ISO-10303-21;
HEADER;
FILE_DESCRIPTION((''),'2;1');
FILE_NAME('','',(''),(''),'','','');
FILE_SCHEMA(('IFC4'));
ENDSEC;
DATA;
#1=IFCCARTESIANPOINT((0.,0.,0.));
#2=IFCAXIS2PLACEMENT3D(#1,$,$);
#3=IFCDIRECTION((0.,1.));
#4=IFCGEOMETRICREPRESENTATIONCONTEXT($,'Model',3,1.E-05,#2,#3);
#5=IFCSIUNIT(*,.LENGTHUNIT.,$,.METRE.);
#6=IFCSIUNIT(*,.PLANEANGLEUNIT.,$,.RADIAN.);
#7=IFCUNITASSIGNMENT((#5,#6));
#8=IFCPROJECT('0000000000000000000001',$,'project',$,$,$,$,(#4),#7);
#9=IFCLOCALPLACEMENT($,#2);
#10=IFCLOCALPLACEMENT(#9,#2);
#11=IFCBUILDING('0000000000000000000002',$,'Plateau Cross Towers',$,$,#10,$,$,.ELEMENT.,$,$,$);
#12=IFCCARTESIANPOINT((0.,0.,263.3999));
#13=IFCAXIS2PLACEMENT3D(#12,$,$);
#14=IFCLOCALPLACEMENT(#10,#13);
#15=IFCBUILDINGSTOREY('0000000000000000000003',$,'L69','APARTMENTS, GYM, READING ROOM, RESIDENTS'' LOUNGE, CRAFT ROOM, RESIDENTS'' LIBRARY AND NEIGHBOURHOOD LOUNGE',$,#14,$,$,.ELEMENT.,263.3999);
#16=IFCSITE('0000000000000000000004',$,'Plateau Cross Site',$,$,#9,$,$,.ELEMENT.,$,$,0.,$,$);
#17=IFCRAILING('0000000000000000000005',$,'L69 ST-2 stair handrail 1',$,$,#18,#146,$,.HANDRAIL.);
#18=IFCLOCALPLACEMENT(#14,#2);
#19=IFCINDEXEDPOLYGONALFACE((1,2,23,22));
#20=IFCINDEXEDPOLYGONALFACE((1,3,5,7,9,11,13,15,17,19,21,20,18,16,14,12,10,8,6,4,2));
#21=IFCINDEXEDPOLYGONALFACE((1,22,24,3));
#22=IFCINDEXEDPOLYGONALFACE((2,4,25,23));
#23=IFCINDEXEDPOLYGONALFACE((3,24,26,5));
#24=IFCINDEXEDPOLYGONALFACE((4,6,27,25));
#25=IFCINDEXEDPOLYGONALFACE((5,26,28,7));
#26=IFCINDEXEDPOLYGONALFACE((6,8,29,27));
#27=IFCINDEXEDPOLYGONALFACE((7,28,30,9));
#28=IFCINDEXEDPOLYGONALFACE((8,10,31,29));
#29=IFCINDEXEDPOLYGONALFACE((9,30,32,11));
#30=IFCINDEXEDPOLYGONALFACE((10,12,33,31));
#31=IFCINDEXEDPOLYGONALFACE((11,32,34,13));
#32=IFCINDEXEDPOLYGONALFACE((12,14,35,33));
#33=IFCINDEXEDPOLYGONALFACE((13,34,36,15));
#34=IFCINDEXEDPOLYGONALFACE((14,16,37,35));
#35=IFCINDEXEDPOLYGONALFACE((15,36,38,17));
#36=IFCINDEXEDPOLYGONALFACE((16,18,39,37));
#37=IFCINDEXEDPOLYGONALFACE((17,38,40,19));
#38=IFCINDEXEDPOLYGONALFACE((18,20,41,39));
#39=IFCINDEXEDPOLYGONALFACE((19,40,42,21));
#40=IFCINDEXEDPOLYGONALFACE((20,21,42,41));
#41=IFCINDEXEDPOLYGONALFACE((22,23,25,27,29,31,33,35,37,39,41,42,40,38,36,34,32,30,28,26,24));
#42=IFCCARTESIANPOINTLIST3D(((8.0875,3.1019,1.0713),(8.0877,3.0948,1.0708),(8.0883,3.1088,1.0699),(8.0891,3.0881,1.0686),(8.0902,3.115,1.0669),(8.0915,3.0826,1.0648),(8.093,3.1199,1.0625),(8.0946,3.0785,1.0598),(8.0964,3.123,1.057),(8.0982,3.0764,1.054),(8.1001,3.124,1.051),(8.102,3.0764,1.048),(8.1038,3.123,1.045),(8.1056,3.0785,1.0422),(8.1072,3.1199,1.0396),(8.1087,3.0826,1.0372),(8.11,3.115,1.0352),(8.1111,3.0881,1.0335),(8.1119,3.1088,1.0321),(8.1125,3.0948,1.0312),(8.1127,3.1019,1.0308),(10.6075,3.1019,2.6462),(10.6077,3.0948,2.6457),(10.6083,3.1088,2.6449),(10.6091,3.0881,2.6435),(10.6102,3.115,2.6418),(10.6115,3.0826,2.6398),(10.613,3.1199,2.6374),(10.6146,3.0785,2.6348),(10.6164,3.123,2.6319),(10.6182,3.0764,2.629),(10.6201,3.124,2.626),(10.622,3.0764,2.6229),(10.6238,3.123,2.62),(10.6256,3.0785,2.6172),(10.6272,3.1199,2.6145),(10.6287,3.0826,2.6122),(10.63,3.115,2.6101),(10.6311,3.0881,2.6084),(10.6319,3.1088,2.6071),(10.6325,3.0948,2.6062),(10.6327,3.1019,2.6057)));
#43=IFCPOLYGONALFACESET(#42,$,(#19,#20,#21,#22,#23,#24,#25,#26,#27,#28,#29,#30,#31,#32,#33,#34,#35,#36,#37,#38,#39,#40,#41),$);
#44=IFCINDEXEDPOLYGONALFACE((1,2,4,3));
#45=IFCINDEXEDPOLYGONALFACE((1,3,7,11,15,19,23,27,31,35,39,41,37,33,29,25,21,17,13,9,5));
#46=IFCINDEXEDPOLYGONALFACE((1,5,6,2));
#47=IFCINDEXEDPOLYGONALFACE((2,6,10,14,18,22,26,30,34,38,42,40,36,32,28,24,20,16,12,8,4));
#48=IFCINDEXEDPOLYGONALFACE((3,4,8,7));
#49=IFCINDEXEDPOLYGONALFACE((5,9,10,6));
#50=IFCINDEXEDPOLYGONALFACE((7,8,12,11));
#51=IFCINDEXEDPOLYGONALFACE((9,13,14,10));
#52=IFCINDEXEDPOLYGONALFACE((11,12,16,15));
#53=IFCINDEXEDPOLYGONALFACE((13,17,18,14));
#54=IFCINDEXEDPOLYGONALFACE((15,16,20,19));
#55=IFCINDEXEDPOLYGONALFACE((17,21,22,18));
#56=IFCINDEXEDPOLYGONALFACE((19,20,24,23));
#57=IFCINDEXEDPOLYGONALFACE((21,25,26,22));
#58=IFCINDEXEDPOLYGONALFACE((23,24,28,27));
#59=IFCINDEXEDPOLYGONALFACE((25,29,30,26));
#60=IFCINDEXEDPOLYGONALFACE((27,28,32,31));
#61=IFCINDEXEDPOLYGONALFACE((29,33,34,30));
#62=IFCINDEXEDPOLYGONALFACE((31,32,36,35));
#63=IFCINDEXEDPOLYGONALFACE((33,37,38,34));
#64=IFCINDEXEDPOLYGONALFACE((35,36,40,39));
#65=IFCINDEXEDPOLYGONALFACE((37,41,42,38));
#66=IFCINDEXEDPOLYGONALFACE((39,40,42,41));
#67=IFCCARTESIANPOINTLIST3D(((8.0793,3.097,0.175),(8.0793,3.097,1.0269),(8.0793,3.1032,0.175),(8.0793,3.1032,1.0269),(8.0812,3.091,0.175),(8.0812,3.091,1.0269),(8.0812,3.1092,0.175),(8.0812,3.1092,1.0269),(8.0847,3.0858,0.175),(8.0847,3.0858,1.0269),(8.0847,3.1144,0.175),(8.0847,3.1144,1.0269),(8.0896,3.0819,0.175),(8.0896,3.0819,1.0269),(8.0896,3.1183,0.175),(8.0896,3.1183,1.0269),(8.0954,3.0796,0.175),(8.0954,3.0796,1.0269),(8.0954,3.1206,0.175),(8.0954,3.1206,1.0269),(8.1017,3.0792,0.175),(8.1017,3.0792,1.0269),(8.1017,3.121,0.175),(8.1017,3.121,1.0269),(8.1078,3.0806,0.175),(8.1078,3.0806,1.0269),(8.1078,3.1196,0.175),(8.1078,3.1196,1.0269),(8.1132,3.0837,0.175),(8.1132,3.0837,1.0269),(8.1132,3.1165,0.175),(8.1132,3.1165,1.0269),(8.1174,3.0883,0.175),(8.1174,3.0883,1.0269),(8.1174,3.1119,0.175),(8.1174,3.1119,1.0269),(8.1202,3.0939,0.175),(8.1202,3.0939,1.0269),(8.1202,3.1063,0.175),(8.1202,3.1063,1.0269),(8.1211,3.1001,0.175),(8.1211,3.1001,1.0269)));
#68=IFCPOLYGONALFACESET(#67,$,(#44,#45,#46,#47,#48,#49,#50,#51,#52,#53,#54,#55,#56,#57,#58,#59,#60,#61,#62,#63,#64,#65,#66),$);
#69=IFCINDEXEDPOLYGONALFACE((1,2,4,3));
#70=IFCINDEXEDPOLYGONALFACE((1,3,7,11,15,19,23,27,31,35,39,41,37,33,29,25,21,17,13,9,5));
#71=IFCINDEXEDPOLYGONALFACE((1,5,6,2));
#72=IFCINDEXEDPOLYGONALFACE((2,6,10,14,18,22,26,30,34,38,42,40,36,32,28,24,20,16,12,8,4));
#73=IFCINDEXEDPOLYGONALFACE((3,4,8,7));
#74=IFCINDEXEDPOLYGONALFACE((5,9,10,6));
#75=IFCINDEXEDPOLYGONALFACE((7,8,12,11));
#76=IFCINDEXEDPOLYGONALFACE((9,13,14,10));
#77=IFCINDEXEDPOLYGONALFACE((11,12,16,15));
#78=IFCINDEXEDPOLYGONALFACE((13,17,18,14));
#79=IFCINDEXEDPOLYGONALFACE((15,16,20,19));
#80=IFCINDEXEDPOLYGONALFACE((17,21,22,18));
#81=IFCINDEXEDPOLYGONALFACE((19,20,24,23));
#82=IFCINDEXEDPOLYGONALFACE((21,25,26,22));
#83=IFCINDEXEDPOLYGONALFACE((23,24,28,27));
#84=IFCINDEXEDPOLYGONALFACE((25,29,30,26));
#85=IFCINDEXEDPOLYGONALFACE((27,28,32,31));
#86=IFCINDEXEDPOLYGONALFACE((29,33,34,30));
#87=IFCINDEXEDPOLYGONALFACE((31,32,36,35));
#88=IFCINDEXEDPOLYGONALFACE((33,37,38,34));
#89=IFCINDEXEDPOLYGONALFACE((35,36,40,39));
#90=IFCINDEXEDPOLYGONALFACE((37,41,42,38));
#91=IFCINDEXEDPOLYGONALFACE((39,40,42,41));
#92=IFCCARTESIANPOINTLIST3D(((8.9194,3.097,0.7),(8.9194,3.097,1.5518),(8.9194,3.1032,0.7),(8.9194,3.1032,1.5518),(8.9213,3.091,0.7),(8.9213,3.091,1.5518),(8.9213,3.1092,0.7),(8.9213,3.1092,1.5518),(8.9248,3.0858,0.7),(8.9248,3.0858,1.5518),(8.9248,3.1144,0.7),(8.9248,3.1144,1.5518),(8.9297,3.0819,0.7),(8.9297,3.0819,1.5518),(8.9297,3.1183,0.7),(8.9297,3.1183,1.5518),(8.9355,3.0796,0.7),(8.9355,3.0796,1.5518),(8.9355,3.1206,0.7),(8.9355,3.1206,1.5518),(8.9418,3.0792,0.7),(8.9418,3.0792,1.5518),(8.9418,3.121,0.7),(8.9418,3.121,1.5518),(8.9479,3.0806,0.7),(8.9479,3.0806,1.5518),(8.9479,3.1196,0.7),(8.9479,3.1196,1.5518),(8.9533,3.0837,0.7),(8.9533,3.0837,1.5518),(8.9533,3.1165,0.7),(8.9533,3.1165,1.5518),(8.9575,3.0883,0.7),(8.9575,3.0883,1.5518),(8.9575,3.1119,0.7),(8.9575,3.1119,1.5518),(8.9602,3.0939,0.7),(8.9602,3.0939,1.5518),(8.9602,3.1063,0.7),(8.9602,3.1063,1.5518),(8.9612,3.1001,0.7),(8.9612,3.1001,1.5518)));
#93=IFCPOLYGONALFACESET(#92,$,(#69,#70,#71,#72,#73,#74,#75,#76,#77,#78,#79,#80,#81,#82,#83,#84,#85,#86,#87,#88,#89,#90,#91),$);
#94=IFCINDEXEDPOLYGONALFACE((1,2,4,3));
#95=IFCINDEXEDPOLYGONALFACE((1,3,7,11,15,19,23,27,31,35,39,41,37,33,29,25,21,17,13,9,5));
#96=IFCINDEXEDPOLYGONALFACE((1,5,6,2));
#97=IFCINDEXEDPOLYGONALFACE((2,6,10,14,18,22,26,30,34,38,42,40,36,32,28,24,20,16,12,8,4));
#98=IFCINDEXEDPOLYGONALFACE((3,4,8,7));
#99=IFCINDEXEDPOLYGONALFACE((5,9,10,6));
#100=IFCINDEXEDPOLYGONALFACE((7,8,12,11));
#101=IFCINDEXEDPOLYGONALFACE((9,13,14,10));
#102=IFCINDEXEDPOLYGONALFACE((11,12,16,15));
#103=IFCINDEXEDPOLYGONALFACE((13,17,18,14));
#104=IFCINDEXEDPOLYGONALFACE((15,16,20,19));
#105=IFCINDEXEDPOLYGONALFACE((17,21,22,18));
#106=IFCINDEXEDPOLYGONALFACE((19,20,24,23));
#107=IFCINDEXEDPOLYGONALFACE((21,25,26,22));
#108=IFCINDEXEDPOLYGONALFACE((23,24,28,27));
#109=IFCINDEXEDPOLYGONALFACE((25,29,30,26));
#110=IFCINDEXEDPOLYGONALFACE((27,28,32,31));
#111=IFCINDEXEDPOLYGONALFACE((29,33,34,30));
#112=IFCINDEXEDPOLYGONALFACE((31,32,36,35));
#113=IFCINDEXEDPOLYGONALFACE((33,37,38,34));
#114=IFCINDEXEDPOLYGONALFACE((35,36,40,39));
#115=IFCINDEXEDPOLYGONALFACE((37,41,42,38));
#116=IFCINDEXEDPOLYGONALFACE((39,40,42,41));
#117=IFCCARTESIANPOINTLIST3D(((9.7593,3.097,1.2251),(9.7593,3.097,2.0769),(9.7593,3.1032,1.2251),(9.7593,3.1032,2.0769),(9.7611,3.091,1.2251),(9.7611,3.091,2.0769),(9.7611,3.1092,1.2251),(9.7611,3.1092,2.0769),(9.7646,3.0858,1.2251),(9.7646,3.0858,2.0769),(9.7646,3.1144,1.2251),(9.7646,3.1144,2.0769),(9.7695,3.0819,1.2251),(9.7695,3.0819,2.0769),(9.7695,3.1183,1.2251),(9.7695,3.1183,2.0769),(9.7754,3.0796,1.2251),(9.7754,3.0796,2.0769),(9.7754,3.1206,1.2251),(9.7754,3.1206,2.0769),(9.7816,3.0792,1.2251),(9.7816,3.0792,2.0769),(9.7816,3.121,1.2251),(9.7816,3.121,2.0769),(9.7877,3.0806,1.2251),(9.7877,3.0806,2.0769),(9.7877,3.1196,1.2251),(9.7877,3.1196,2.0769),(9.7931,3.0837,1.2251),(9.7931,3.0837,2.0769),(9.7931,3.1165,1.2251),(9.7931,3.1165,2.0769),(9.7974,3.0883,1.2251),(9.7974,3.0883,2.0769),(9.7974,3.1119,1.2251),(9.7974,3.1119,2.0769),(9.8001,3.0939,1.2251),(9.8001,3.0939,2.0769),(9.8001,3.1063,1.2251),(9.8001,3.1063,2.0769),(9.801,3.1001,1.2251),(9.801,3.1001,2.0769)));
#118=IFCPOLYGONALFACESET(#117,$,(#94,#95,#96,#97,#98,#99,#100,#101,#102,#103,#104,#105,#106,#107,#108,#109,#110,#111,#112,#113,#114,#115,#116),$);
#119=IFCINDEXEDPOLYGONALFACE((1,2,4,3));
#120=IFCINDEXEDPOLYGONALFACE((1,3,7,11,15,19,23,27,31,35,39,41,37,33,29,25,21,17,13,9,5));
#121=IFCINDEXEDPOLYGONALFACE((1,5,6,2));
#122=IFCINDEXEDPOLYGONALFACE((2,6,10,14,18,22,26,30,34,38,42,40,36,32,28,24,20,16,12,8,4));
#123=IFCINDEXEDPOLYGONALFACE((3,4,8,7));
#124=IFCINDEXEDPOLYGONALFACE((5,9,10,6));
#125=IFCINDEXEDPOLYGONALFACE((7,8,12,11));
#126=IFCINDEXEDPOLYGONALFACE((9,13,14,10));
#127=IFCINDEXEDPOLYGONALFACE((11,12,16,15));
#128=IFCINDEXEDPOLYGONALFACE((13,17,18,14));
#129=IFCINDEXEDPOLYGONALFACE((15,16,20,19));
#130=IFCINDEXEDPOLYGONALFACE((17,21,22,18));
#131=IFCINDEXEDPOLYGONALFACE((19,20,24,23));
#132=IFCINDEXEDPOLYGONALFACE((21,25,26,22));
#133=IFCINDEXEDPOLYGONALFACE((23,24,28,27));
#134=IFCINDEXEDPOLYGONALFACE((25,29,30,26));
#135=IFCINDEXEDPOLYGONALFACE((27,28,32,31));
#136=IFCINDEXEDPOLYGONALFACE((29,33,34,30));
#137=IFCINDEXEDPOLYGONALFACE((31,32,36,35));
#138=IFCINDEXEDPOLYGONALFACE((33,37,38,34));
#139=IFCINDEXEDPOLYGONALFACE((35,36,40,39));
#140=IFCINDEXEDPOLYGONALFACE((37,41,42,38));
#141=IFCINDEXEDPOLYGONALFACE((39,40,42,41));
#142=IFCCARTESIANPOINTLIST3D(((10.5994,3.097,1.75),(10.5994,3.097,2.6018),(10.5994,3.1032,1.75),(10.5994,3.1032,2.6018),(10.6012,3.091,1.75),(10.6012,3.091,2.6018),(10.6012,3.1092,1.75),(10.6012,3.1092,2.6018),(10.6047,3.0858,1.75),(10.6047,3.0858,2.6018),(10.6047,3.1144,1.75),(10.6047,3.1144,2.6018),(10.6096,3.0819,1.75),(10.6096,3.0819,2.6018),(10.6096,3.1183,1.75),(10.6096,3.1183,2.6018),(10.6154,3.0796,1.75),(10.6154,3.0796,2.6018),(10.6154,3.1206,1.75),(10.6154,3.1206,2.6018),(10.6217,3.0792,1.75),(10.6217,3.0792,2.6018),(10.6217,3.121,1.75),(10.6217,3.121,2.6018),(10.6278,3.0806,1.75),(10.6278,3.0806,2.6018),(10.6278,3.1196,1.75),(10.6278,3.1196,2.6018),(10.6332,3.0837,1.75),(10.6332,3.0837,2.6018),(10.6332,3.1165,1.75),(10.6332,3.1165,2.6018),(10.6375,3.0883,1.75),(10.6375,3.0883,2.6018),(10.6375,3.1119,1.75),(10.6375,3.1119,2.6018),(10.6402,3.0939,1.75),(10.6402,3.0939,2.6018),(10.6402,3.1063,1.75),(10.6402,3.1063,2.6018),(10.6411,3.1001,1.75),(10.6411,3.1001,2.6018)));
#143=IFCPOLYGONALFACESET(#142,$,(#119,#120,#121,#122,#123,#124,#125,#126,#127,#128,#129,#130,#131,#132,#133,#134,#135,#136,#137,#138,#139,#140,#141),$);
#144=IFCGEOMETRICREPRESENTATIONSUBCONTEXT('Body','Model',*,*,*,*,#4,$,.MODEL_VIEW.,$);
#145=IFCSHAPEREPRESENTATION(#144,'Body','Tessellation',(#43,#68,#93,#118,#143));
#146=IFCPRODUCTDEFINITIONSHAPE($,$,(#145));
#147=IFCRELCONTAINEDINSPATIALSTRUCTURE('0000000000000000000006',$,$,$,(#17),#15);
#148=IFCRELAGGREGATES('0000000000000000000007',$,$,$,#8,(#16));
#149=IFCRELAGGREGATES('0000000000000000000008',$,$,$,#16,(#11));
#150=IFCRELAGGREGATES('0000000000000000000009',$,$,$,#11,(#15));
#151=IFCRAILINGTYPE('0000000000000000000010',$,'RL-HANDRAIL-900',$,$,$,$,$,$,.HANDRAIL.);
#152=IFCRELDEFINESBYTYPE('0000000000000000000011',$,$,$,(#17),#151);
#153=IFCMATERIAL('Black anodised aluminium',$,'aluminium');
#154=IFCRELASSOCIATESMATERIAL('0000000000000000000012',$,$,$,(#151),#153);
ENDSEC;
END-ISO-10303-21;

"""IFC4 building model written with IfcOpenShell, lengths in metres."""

from ifc_helpers import new_model, si_unit, direction, frame, origin, origin_2d, place, context, subcontext, project, spatial, circle, extrude, material, type_object, element, save


model = new_model("IFC4")

# Units and contexts
model_context = context("Model", 3, precision=1e-05, world=origin(), true_north=direction((0.0, 1.0)))
body_context = subcontext(model_context, "Body", "Model", "MODEL_VIEW")
ifc_project = project(units=[si_unit("LENGTHUNIT", "METRE"), si_unit("PLANEANGLEUNIT", "RADIAN")], contexts=[model_context])

# Site, building, storey
site_placement = place(None, origin())
site = spatial("IfcSite", under=ifc_project, at=site_placement, Name="Plateau Cross Site", CompositionType="ELEMENT", RefElevation=0.0)
building_placement = place(site_placement, origin())
building = spatial("IfcBuilding", under=site, at=building_placement, Name="Plateau Cross Towers", CompositionType="ELEMENT")
storey_placement = place(building_placement, frame((0.0, 0.0, 263.3999)))
storey = spatial("IfcBuildingStorey", under=building, at=storey_placement, Name="L69", Description="APARTMENTS, GYM, READING ROOM, RESIDENTS' LOUNGE, CRAFT ROOM, RESIDENTS' LIBRARY AND NEIGHBOURHOOD LOUNGE", CompositionType="ELEMENT", Elevation=263.3999)

# Shared definitions
ifc_material_1 = material(Name="Black anodised aluminium", Category="aluminium")

# Railing
railing_type_1 = type_object("IfcRailingType", Name="RL-HANDRAIL-900", PredefinedType="HANDRAIL", material=ifc_material_1)
railing_1_placement = place(storey_placement, frame((8.1001, 3.1001, 0.175)))
element("IfcRailing", 1, at=railing_1_placement, inside=storey, type_object=railing_type_1, Name="L69 ST-2 stair handrail 1", PredefinedType="HANDRAIL", context=body_context, shape_type="SweptSolid", body=[
    extrude(circle(Radius=0.0239, at=origin_2d()), frame((0.0, 0.0, 0.876), z_axis=(0.848008, 0.0, 0.529984), x_axis=(0.0, 1.0, 0.0)), (0.0, 0.0, 1.0), 2.9717),
    extrude(circle(Radius=0.021, at=origin_2d()), origin(), (0.0, 0.0, 1.0), 0.8518),
    extrude(circle(Radius=0.021, at=origin_2d()), frame((0.8401, 0.0, 0.5249)), (0.0, 0.0, 1.0), 0.8518),
    extrude(circle(Radius=0.021, at=origin_2d()), frame((1.6799, 0.0, 1.05)), (0.0, 0.0, 1.0), 0.8518),
    extrude(circle(Radius=0.021, at=origin_2d()), frame((2.52, 0.0, 1.575)), (0.0, 0.0, 1.0), 0.8518),
])

save(model, "model.ifc")
